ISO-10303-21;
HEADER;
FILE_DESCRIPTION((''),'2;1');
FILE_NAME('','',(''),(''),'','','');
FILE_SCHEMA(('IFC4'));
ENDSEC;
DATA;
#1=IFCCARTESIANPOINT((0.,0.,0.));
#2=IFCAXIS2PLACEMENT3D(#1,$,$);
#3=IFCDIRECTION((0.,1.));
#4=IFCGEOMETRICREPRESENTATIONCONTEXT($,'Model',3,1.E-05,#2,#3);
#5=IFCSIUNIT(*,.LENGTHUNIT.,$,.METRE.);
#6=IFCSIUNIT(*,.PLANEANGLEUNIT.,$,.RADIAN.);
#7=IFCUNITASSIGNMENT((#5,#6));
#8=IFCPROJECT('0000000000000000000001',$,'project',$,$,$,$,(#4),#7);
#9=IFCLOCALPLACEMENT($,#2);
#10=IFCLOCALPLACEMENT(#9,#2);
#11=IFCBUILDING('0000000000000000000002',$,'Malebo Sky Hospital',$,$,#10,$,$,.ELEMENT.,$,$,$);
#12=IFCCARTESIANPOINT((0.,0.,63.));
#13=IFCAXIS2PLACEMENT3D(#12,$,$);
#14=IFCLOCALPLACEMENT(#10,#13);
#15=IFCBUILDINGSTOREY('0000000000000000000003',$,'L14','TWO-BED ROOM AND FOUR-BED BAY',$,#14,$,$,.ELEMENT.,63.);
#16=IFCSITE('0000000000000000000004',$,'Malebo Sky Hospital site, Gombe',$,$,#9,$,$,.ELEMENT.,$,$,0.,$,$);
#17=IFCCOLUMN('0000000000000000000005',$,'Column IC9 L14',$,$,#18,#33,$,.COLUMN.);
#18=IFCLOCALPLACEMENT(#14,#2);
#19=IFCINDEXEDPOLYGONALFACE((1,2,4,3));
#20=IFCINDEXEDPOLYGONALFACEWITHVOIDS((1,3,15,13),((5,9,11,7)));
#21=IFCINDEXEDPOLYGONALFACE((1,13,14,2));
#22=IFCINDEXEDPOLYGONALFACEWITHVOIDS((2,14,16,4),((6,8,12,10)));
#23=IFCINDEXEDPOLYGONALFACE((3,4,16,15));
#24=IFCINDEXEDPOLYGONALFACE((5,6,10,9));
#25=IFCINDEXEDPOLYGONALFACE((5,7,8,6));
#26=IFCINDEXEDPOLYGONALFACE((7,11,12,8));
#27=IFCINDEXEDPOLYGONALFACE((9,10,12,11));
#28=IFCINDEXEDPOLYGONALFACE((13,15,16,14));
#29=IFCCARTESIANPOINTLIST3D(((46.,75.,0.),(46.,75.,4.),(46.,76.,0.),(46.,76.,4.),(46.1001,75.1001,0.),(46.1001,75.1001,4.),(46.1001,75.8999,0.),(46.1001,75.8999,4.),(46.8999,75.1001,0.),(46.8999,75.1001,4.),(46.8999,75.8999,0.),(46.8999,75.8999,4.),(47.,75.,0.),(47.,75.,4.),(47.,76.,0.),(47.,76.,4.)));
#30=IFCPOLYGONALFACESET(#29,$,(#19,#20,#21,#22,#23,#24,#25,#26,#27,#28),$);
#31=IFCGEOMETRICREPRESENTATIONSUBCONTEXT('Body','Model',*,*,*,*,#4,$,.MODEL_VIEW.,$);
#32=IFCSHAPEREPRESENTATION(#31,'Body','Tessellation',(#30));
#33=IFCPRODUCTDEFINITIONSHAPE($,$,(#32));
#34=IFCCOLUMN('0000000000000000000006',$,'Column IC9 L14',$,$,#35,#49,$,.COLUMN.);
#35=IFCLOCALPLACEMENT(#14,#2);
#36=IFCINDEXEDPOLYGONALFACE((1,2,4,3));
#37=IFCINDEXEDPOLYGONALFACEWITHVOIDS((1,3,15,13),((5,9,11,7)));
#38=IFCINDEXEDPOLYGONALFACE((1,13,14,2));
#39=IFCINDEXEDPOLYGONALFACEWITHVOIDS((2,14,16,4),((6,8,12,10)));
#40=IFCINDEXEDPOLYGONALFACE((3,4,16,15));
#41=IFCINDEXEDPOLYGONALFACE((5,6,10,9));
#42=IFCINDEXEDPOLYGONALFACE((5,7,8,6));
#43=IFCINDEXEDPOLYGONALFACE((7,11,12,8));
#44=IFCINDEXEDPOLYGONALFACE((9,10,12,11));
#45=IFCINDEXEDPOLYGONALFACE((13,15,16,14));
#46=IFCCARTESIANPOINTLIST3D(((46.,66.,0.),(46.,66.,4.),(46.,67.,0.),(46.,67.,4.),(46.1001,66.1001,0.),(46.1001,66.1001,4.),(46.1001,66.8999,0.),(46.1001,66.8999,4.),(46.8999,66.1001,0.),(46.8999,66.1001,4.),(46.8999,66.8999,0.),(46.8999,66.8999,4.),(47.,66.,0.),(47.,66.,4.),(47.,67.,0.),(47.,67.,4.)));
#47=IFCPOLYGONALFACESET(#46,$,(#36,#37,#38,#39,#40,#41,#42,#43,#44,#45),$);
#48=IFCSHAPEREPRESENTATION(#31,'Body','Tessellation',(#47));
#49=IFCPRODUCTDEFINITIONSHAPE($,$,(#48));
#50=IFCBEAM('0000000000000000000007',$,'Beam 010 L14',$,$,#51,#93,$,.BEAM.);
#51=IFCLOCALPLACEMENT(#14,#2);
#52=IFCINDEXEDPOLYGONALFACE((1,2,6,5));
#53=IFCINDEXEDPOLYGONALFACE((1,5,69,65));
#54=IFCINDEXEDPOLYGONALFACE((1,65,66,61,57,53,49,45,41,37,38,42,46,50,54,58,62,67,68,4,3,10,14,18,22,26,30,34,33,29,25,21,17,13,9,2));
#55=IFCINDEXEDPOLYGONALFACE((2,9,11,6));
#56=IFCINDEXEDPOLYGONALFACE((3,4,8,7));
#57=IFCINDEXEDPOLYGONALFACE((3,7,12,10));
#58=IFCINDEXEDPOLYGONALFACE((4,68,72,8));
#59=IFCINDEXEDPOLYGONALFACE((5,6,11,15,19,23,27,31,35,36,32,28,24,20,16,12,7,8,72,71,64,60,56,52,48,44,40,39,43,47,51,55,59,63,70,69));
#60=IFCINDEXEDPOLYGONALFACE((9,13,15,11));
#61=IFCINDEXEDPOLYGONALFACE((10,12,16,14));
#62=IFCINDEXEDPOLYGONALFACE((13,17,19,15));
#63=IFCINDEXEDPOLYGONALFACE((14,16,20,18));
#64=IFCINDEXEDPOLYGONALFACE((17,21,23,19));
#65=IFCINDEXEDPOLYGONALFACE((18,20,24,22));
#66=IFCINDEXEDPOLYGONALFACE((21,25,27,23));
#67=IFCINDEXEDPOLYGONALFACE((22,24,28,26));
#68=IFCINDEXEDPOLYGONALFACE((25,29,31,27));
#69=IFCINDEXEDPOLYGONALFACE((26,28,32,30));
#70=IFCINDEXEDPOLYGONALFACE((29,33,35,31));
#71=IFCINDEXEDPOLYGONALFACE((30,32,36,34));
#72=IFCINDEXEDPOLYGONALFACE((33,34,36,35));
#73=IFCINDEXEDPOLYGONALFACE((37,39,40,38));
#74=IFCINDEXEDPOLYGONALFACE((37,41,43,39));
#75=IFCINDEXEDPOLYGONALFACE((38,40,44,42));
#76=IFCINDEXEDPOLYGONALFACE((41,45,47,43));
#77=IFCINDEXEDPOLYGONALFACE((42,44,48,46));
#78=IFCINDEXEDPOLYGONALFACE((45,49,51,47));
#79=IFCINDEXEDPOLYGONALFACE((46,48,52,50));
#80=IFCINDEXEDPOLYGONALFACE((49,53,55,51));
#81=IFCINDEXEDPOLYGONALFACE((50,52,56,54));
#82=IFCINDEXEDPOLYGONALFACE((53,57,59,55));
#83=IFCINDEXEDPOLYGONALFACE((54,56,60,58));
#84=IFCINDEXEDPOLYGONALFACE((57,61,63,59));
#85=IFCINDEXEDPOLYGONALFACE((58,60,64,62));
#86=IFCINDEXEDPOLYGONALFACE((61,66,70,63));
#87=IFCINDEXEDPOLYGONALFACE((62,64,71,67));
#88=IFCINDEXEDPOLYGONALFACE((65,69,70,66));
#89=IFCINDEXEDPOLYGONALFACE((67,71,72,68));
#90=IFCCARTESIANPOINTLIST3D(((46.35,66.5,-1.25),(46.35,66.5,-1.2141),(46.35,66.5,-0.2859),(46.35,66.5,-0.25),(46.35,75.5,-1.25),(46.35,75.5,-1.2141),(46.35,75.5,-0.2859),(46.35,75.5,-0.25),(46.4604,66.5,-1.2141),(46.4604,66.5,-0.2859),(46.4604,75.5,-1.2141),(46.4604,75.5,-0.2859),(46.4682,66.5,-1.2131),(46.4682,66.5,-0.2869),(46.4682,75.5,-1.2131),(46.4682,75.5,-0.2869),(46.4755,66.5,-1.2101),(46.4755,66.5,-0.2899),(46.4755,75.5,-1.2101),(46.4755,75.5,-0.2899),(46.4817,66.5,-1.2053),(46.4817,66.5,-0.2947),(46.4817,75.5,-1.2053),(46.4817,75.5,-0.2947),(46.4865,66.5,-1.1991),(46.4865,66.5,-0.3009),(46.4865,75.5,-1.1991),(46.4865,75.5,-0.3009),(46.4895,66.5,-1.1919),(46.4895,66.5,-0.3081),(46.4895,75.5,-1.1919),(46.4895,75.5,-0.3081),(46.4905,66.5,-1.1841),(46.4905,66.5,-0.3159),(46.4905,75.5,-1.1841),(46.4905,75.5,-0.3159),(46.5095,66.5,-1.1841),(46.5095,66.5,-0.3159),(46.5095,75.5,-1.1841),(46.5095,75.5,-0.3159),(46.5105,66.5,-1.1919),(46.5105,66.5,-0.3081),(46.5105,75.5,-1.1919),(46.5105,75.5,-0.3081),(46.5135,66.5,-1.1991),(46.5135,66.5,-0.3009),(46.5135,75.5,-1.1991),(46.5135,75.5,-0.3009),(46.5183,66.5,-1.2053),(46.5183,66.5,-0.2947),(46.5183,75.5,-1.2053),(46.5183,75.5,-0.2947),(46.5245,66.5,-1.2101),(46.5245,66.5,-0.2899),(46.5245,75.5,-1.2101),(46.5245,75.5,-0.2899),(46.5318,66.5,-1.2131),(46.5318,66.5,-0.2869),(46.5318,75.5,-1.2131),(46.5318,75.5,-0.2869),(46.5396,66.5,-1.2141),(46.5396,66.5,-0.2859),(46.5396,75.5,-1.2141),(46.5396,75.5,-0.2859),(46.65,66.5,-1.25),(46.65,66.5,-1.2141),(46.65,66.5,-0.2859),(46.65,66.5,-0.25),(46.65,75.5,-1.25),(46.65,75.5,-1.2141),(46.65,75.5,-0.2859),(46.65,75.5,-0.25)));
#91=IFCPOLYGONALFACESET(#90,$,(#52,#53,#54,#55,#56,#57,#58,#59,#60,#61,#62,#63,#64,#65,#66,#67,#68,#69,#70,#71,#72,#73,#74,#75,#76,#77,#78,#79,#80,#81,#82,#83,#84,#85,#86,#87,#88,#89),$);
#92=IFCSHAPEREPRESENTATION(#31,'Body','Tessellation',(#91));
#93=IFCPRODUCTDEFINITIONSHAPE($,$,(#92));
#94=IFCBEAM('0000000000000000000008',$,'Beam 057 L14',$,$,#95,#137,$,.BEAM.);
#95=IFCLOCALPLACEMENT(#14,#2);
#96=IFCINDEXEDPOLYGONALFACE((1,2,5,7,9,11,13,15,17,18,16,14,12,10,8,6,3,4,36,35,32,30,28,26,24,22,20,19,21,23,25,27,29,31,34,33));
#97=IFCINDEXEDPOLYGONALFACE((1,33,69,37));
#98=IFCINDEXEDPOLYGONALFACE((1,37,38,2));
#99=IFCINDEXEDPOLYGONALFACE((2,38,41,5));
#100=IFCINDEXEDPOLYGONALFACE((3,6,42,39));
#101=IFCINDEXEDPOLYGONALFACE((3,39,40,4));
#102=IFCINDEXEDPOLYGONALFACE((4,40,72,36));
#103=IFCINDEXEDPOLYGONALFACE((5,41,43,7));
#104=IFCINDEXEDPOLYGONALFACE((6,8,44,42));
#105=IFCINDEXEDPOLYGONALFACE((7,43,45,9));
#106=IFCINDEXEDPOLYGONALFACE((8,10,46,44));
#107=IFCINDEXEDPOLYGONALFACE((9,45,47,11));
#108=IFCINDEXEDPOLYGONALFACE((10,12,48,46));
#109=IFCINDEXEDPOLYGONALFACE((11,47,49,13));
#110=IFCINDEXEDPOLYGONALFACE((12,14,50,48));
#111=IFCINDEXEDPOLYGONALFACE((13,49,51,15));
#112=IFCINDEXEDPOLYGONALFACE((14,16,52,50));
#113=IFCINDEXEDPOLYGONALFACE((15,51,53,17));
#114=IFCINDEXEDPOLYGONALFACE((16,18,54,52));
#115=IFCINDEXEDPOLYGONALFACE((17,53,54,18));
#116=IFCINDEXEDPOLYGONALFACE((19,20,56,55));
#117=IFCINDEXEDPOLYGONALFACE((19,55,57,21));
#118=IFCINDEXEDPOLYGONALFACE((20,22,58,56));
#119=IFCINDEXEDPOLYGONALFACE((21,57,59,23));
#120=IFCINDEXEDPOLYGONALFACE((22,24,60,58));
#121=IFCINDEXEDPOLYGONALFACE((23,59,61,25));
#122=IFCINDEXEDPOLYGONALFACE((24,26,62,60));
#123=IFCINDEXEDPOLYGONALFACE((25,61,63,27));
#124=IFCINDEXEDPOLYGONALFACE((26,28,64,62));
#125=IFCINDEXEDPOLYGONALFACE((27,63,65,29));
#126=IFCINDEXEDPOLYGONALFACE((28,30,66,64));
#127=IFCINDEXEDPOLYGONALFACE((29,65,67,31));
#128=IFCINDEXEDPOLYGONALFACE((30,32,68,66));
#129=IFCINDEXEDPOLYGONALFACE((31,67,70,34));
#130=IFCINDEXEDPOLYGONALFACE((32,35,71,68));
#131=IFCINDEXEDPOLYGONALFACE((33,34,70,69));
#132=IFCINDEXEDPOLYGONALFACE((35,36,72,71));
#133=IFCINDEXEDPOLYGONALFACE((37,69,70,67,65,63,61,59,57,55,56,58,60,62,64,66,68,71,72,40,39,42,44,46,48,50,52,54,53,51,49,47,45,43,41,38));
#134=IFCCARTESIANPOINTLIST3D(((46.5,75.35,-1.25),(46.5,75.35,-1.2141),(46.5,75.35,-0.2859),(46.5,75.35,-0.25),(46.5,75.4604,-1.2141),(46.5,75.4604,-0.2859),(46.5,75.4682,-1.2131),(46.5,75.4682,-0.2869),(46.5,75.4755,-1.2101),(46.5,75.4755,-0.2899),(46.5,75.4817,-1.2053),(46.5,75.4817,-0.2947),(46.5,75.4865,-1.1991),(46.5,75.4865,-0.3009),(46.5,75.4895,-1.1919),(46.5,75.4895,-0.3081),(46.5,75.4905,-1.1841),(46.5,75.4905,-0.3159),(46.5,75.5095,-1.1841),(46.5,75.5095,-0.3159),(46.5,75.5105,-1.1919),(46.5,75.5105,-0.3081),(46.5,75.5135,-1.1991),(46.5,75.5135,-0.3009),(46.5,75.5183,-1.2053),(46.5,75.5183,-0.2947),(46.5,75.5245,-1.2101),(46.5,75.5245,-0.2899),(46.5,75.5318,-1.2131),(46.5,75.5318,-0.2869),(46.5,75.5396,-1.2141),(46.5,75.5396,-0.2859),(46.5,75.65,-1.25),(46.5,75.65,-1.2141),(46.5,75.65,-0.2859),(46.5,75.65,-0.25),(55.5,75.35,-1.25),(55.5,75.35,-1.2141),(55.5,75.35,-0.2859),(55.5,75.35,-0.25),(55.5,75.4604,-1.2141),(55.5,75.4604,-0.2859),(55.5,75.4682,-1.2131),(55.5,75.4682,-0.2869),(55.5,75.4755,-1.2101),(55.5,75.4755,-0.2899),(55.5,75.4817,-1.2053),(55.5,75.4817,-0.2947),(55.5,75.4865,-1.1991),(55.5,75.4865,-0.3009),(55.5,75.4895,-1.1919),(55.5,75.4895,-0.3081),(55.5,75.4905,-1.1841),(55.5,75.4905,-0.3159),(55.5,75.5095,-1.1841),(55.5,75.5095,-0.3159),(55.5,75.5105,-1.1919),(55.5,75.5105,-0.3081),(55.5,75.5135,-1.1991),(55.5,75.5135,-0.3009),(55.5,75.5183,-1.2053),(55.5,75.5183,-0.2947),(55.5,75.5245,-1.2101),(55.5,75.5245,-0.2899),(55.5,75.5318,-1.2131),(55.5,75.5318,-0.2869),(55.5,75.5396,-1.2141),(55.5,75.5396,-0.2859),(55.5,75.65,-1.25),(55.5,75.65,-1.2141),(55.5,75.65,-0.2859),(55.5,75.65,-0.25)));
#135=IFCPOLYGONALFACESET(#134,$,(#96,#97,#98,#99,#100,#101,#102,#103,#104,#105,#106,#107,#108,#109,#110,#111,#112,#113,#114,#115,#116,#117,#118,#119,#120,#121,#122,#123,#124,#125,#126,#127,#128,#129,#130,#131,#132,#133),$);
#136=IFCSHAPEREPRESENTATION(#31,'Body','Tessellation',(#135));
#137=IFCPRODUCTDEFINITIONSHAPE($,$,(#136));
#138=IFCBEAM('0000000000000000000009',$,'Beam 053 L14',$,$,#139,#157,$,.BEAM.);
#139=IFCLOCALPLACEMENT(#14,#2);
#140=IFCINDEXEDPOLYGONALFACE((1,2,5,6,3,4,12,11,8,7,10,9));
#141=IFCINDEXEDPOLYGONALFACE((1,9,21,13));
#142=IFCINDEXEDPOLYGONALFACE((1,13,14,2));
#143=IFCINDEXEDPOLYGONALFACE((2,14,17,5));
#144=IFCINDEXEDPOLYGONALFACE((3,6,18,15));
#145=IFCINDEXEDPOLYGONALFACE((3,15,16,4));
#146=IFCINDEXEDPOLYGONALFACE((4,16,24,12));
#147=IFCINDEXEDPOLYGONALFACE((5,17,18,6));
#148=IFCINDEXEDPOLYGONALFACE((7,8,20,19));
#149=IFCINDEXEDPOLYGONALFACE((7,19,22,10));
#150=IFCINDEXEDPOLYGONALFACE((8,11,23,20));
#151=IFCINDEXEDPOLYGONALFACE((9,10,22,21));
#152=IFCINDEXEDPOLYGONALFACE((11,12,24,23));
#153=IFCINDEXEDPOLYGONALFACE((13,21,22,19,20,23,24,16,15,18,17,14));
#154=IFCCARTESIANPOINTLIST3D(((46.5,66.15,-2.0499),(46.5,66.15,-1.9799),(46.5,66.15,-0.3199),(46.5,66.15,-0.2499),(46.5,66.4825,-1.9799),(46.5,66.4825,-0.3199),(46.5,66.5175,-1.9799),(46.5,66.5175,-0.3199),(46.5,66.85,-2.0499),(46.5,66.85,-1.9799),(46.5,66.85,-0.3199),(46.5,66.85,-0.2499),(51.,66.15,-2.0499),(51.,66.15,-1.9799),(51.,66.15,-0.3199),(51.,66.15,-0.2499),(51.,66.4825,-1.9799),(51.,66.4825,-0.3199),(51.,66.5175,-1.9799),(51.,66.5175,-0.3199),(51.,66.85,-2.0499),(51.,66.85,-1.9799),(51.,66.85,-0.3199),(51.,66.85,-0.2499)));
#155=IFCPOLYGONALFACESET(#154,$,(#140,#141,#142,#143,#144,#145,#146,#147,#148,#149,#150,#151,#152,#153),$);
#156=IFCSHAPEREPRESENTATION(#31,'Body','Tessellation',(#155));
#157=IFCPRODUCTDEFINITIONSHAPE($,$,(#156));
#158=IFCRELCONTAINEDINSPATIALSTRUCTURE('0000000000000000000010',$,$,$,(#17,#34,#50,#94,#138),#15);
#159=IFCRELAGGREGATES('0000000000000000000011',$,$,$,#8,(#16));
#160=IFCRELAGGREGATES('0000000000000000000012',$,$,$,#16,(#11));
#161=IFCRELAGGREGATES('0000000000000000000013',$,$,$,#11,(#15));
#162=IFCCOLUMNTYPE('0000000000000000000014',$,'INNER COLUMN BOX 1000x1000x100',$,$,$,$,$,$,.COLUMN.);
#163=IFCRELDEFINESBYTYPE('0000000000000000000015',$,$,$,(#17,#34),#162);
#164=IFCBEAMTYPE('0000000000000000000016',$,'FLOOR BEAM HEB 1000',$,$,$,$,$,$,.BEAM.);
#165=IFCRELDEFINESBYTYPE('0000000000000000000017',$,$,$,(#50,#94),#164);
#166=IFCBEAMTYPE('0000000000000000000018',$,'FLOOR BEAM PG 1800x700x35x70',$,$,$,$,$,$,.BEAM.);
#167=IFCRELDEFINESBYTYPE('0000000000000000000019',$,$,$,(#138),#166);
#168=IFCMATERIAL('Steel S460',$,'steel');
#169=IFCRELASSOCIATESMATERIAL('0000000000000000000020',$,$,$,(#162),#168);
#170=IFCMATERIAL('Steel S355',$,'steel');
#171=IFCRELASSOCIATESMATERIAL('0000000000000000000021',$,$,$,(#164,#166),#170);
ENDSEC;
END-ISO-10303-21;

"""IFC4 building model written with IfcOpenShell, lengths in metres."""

from ifc_helpers import new_model, si_unit, direction, frame, origin, origin_2d, place, context, subcontext, project, spatial, hollow_rectangle, i_section, extrude, material, material_profile, profile_set, type_object, element, save


model = new_model("IFC4")

# Units and contexts
model_context = context("Model", 3, precision=1e-05, world=origin(), true_north=direction((0.0, 1.0)))
body_context = subcontext(model_context, "Body", "Model", "MODEL_VIEW")
ifc_project = project(units=[si_unit("LENGTHUNIT", "METRE"), si_unit("PLANEANGLEUNIT", "RADIAN")], contexts=[model_context])

# Site, building, storey
site_placement = place(None, origin())
site = spatial("IfcSite", under=ifc_project, at=site_placement, Name="Malebo Sky Hospital site, Gombe", CompositionType="ELEMENT", RefElevation=0.0)
building_placement = place(site_placement, origin())
building = spatial("IfcBuilding", under=site, at=building_placement, Name="Malebo Sky Hospital", CompositionType="ELEMENT")
storey_placement = place(building_placement, frame((0.0, 0.0, 63.0)))
storey = spatial("IfcBuildingStorey", under=building, at=storey_placement, Name="L14", Description="TWO-BED ROOM AND FOUR-BED BAY", CompositionType="ELEMENT", Elevation=63.0)

# Columns
ifc_material_1 = material(Name="Steel S460", Category="steel")
ifc_material_profile_1 = material_profile(ifc_material_1, hollow_rectangle(XDim=1.0, YDim=1.0, WallThickness=0.1001, at=origin_2d()), Name="BOX 1000x1000x100")
ifc_profile_set_1 = profile_set([ifc_material_profile_1], Name="Steel S460")
column_type = type_object("IfcColumnType", Name="INNER COLUMN BOX 1000x1000x100", PredefinedType="COLUMN", material=ifc_profile_set_1)
for number, where, z_axis, x_axis, name in (
    (1, (46.5, 75.5, 0.0), (0.0, 0.0, 1.0), (1.0, 0.0, 0.0), "Column IC9 L14"),
    (2, (46.5, 66.5, 0.0), (0.0, 0.0, 1.0), (1.0, 0.0, 0.0), "Column IC9 L14"),
):
    element("IfcColumn", number, at=place(storey_placement, frame(where, z_axis=z_axis, x_axis=x_axis)), inside=storey, type_object=column_type, Name=name, PredefinedType="COLUMN", context=body_context, shape_type="SweptSolid", body=[
        extrude(hollow_rectangle(XDim=1.0, YDim=1.0, WallThickness=0.1001, at=origin_2d()), origin(), (0.0, 0.0, 1.0), 4.0),
    ])

# Beams
ifc_material_2 = material(Name="Steel S355", Category="steel")
ifc_material_profile_2 = material_profile(ifc_material_2, i_section(OverallWidth=0.3, OverallDepth=1.0, WebThickness=0.019, FlangeThickness=0.0359, FilletRadius=0.03, at=origin_2d()), Name="HEB 1000")
ifc_profile_set_2 = profile_set([ifc_material_profile_2], Name="Steel S355")
beam_type_1 = type_object("IfcBeamType", Name="FLOOR BEAM HEB 1000", PredefinedType="BEAM", material=ifc_profile_set_2)
for number, where, z_axis, x_axis, name in (
    (3, (46.5, 66.5, -0.75), (0.0, 1.0, 0.0), (-1.0, 0.0, 0.0), "Beam 010 L14"),
    (4, (46.5, 75.5, -0.75), (1.0, 0.0, 0.0), (0.0, 1.0, 0.0), "Beam 057 L14"),
):
    element("IfcBeam", number, at=place(storey_placement, frame(where, z_axis=z_axis, x_axis=x_axis)), inside=storey, type_object=beam_type_1, Name=name, PredefinedType="BEAM", context=body_context, shape_type="SweptSolid", body=[
        extrude(i_section(OverallWidth=0.3, OverallDepth=1.0, WebThickness=0.019, FlangeThickness=0.0359, FilletRadius=0.03, at=origin_2d()), origin(), (0.0, 0.0, 1.0), 9.0),
    ])
ifc_material_profile_3 = material_profile(ifc_material_2, i_section(OverallWidth=0.7, OverallDepth=1.8, WebThickness=0.0349, FlangeThickness=0.0701, at=origin_2d()), Name="PG 1800x700x35x70")
ifc_profile_set_3 = profile_set([ifc_material_profile_3], Name="Steel S355")
beam_type_2 = type_object("IfcBeamType", Name="FLOOR BEAM PG 1800x700x35x70", PredefinedType="BEAM", material=ifc_profile_set_3)
beam_1_placement = place(storey_placement, frame((46.5, 66.5, -1.1499), z_axis=(1.0, 0.0, 0.0), x_axis=(0.0, 1.0, 0.0)))
element("IfcBeam", 5, at=beam_1_placement, inside=storey, type_object=beam_type_2, Name="Beam 053 L14", PredefinedType="BEAM", context=body_context, shape_type="SweptSolid", body=[
    extrude(i_section(OverallWidth=0.7, OverallDepth=1.8, WebThickness=0.0349, FlangeThickness=0.0701, at=origin_2d()), origin(), (0.0, 0.0, 1.0), 4.5),
])

save(model, "model.ifc")
